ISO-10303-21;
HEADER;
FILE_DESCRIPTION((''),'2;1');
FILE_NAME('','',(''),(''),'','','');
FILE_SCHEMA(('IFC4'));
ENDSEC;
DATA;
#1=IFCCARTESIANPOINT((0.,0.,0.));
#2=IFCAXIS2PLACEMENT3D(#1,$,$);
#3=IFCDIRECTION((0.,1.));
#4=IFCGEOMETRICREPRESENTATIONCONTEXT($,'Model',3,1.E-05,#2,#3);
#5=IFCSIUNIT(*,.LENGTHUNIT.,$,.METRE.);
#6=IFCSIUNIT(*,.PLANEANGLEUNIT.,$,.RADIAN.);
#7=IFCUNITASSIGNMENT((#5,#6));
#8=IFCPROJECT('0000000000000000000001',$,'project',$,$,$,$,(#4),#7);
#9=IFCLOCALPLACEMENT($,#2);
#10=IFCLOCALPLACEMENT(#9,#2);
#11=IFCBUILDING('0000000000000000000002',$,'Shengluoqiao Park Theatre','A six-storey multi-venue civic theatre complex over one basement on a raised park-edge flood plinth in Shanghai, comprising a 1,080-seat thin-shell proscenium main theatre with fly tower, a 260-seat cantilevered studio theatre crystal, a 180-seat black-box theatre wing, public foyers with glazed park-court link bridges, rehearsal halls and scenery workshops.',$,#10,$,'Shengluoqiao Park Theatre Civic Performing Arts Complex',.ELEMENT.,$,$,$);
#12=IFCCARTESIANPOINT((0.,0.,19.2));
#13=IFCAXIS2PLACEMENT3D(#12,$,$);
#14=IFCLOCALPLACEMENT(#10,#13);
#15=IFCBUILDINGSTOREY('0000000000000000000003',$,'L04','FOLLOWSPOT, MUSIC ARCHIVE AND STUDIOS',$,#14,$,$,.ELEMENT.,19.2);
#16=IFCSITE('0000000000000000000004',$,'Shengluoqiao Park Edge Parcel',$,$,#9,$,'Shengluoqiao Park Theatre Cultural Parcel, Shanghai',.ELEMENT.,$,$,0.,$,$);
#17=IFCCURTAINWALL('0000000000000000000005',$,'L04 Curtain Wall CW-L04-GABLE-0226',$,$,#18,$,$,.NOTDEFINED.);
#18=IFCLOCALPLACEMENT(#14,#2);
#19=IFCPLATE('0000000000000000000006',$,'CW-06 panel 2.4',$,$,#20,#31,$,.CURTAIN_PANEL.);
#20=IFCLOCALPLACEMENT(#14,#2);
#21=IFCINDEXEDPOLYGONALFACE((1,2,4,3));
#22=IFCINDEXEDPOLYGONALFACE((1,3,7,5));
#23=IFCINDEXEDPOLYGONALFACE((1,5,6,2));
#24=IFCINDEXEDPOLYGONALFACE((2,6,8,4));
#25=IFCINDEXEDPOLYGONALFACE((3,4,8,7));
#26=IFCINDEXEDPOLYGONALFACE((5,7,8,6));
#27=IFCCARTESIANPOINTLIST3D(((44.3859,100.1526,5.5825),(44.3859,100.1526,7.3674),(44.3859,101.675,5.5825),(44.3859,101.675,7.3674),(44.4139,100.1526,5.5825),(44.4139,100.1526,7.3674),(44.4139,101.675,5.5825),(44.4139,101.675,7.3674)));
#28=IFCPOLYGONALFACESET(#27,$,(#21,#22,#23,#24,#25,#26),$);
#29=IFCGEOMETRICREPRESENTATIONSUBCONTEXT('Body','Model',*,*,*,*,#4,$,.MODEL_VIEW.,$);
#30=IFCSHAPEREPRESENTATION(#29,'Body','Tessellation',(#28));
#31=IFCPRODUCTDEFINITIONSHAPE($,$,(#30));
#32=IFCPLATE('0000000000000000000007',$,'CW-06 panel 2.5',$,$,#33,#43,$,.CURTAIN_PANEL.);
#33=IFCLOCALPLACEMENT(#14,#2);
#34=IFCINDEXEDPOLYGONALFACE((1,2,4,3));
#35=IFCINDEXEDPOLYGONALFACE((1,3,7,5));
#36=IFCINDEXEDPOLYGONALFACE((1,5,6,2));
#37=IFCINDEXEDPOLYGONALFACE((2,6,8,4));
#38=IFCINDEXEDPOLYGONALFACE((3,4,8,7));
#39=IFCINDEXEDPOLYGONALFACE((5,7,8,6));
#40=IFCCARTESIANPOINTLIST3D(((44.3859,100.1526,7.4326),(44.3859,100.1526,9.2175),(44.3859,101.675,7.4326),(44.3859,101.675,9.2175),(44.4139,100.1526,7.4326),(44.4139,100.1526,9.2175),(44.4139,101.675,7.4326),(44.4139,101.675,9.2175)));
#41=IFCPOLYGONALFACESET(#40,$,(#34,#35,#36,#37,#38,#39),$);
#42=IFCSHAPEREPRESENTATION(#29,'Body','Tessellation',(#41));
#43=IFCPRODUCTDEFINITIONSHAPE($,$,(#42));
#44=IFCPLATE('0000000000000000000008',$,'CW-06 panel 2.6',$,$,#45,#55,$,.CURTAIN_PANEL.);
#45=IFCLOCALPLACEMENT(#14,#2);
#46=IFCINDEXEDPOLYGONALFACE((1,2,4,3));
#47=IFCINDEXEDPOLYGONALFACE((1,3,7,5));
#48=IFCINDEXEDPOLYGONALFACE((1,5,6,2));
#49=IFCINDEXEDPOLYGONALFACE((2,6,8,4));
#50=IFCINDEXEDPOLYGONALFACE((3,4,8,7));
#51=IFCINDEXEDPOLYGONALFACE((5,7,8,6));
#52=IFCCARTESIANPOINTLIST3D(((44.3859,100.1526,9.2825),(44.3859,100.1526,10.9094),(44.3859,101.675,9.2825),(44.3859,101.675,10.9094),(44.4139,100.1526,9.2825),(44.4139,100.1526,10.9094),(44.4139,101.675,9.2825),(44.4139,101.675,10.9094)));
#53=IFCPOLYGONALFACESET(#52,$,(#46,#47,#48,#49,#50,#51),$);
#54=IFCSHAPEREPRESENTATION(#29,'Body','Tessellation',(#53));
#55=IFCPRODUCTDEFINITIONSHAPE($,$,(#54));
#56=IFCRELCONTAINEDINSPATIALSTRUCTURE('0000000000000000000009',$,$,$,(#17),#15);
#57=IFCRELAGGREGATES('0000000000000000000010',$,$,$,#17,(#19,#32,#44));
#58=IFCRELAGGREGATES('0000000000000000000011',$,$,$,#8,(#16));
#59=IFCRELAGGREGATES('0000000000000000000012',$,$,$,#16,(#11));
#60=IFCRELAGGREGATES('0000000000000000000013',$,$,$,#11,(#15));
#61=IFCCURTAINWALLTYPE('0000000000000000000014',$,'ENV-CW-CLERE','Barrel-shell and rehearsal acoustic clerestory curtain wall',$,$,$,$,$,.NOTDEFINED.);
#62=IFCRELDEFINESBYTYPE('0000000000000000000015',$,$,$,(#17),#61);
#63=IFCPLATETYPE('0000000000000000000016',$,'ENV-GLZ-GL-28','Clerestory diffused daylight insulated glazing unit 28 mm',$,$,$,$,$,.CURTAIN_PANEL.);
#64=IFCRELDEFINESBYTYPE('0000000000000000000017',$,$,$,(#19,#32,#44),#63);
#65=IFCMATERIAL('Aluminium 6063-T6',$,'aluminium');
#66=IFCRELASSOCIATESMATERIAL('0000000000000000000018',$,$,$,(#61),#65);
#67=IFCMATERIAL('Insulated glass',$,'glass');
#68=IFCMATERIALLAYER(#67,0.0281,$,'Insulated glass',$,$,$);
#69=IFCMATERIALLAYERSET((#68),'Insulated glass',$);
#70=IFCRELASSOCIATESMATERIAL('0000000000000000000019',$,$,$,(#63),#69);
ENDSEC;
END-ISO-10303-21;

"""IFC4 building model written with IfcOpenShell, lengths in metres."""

from ifc_helpers import new_model, si_unit, direction, frame, origin, origin_2d, place, context, subcontext, project, spatial, rectangle, extrude, material, layer, layer_set, type_object, element, aggregate, save


model = new_model("IFC4")

# Units and contexts
model_context = context("Model", 3, precision=1e-05, world=origin(), true_north=direction((0.0, 1.0)))
body_context = subcontext(model_context, "Body", "Model", "MODEL_VIEW")
ifc_project = project(units=[si_unit("LENGTHUNIT", "METRE"), si_unit("PLANEANGLEUNIT", "RADIAN")], contexts=[model_context])

# Site, building, storey
site_placement = place(None, origin())
site = spatial("IfcSite", under=ifc_project, at=site_placement, Name="Shengluoqiao Park Edge Parcel", LongName="Shengluoqiao Park Theatre Cultural Parcel, Shanghai", CompositionType="ELEMENT", RefElevation=0.0)
building_placement = place(site_placement, origin())
building = spatial("IfcBuilding", under=site, at=building_placement, Name="Shengluoqiao Park Theatre", Description="A six-storey multi-venue civic theatre complex over one basement on a raised park-edge flood plinth in Shanghai, comprising a 1,080-seat thin-shell proscenium main theatre with fly tower, a 260-seat cantilevered studio theatre crystal, a 180-seat black-box theatre wing, public foyers with glazed park-court link bridges, rehearsal halls and scenery workshops.", LongName="Shengluoqiao Park Theatre Civic Performing Arts Complex", CompositionType="ELEMENT")
storey_placement = place(building_placement, frame((0.0, 0.0, 19.2)))
storey = spatial("IfcBuildingStorey", under=building, at=storey_placement, Name="L04", Description="FOLLOWSPOT, MUSIC ARCHIVE AND STUDIOS", CompositionType="ELEMENT", Elevation=19.2)

# Curtain wall
ifc_material_1 = material(Name="Aluminium 6063-T6", Category="aluminium")
curtain_wall_type = type_object("IfcCurtainWallType", Name="ENV-CW-CLERE", Description="Barrel-shell and rehearsal acoustic clerestory curtain wall", PredefinedType="NOTDEFINED", material=ifc_material_1)
curtain_wall_1_placement = place(storey_placement, origin())
curtain_wall_1 = element("IfcCurtainWall", 1, at=curtain_wall_1_placement, inside=storey, type_object=curtain_wall_type, Name="L04 Curtain Wall CW-L04-GABLE-0226", PredefinedType="NOTDEFINED")

# Plates
ifc_material_2 = material(Name="Insulated glass", Category="glass")
ifc_layer = layer(ifc_material_2, 0.0281, Name="Insulated glass")
ifc_layer_set = layer_set([ifc_layer], Name="Insulated glass")
plate_type = type_object("IfcPlateType", Name="ENV-GLZ-GL-28", Description="Clerestory diffused daylight insulated glazing unit 28 mm", PredefinedType="CURTAIN_PANEL", material=ifc_layer_set)
plate_1_placement = place(storey_placement, frame((44.3999, 100.9138, 5.5825), z_axis=(0.0, 0.0, 1.0), x_axis=(0.0, 1.0, 0.0)))
plate_1 = element("IfcPlate", 2, at=plate_1_placement, type_object=plate_type, Name="CW-06 panel 2.4", PredefinedType="CURTAIN_PANEL", context=body_context, shape_type="SweptSolid", body=[
    extrude(rectangle(XDim=1.5225, YDim=0.0281, at=origin_2d()), origin(), (0.0, 0.0, 1.0), 1.7849),
])
plate_2_placement = place(storey_placement, frame((44.3999, 100.9138, 7.4326), z_axis=(0.0, 0.0, 1.0), x_axis=(0.0, 1.0, 0.0)))
plate_2 = element("IfcPlate", 3, at=plate_2_placement, type_object=plate_type, Name="CW-06 panel 2.5", PredefinedType="CURTAIN_PANEL", context=body_context, shape_type="SweptSolid", body=[
    extrude(rectangle(XDim=1.5225, YDim=0.0281, at=origin_2d()), origin(), (0.0, 0.0, 1.0), 1.7849),
])
plate_3_placement = place(storey_placement, frame((44.3999, 100.9138, 9.2825), z_axis=(0.0, 0.0, 1.0), x_axis=(0.0, 1.0, 0.0)))
plate_3 = element("IfcPlate", 4, at=plate_3_placement, type_object=plate_type, Name="CW-06 panel 2.6", PredefinedType="CURTAIN_PANEL", context=body_context, shape_type="SweptSolid", body=[
    extrude(rectangle(XDim=1.5225, YDim=0.0281, at=origin_2d()), origin(), (0.0, 0.0, 1.0), 1.627),
])
aggregate(curtain_wall_1, [plate_1, plate_2, plate_3])

save(model, "model.ifc")
